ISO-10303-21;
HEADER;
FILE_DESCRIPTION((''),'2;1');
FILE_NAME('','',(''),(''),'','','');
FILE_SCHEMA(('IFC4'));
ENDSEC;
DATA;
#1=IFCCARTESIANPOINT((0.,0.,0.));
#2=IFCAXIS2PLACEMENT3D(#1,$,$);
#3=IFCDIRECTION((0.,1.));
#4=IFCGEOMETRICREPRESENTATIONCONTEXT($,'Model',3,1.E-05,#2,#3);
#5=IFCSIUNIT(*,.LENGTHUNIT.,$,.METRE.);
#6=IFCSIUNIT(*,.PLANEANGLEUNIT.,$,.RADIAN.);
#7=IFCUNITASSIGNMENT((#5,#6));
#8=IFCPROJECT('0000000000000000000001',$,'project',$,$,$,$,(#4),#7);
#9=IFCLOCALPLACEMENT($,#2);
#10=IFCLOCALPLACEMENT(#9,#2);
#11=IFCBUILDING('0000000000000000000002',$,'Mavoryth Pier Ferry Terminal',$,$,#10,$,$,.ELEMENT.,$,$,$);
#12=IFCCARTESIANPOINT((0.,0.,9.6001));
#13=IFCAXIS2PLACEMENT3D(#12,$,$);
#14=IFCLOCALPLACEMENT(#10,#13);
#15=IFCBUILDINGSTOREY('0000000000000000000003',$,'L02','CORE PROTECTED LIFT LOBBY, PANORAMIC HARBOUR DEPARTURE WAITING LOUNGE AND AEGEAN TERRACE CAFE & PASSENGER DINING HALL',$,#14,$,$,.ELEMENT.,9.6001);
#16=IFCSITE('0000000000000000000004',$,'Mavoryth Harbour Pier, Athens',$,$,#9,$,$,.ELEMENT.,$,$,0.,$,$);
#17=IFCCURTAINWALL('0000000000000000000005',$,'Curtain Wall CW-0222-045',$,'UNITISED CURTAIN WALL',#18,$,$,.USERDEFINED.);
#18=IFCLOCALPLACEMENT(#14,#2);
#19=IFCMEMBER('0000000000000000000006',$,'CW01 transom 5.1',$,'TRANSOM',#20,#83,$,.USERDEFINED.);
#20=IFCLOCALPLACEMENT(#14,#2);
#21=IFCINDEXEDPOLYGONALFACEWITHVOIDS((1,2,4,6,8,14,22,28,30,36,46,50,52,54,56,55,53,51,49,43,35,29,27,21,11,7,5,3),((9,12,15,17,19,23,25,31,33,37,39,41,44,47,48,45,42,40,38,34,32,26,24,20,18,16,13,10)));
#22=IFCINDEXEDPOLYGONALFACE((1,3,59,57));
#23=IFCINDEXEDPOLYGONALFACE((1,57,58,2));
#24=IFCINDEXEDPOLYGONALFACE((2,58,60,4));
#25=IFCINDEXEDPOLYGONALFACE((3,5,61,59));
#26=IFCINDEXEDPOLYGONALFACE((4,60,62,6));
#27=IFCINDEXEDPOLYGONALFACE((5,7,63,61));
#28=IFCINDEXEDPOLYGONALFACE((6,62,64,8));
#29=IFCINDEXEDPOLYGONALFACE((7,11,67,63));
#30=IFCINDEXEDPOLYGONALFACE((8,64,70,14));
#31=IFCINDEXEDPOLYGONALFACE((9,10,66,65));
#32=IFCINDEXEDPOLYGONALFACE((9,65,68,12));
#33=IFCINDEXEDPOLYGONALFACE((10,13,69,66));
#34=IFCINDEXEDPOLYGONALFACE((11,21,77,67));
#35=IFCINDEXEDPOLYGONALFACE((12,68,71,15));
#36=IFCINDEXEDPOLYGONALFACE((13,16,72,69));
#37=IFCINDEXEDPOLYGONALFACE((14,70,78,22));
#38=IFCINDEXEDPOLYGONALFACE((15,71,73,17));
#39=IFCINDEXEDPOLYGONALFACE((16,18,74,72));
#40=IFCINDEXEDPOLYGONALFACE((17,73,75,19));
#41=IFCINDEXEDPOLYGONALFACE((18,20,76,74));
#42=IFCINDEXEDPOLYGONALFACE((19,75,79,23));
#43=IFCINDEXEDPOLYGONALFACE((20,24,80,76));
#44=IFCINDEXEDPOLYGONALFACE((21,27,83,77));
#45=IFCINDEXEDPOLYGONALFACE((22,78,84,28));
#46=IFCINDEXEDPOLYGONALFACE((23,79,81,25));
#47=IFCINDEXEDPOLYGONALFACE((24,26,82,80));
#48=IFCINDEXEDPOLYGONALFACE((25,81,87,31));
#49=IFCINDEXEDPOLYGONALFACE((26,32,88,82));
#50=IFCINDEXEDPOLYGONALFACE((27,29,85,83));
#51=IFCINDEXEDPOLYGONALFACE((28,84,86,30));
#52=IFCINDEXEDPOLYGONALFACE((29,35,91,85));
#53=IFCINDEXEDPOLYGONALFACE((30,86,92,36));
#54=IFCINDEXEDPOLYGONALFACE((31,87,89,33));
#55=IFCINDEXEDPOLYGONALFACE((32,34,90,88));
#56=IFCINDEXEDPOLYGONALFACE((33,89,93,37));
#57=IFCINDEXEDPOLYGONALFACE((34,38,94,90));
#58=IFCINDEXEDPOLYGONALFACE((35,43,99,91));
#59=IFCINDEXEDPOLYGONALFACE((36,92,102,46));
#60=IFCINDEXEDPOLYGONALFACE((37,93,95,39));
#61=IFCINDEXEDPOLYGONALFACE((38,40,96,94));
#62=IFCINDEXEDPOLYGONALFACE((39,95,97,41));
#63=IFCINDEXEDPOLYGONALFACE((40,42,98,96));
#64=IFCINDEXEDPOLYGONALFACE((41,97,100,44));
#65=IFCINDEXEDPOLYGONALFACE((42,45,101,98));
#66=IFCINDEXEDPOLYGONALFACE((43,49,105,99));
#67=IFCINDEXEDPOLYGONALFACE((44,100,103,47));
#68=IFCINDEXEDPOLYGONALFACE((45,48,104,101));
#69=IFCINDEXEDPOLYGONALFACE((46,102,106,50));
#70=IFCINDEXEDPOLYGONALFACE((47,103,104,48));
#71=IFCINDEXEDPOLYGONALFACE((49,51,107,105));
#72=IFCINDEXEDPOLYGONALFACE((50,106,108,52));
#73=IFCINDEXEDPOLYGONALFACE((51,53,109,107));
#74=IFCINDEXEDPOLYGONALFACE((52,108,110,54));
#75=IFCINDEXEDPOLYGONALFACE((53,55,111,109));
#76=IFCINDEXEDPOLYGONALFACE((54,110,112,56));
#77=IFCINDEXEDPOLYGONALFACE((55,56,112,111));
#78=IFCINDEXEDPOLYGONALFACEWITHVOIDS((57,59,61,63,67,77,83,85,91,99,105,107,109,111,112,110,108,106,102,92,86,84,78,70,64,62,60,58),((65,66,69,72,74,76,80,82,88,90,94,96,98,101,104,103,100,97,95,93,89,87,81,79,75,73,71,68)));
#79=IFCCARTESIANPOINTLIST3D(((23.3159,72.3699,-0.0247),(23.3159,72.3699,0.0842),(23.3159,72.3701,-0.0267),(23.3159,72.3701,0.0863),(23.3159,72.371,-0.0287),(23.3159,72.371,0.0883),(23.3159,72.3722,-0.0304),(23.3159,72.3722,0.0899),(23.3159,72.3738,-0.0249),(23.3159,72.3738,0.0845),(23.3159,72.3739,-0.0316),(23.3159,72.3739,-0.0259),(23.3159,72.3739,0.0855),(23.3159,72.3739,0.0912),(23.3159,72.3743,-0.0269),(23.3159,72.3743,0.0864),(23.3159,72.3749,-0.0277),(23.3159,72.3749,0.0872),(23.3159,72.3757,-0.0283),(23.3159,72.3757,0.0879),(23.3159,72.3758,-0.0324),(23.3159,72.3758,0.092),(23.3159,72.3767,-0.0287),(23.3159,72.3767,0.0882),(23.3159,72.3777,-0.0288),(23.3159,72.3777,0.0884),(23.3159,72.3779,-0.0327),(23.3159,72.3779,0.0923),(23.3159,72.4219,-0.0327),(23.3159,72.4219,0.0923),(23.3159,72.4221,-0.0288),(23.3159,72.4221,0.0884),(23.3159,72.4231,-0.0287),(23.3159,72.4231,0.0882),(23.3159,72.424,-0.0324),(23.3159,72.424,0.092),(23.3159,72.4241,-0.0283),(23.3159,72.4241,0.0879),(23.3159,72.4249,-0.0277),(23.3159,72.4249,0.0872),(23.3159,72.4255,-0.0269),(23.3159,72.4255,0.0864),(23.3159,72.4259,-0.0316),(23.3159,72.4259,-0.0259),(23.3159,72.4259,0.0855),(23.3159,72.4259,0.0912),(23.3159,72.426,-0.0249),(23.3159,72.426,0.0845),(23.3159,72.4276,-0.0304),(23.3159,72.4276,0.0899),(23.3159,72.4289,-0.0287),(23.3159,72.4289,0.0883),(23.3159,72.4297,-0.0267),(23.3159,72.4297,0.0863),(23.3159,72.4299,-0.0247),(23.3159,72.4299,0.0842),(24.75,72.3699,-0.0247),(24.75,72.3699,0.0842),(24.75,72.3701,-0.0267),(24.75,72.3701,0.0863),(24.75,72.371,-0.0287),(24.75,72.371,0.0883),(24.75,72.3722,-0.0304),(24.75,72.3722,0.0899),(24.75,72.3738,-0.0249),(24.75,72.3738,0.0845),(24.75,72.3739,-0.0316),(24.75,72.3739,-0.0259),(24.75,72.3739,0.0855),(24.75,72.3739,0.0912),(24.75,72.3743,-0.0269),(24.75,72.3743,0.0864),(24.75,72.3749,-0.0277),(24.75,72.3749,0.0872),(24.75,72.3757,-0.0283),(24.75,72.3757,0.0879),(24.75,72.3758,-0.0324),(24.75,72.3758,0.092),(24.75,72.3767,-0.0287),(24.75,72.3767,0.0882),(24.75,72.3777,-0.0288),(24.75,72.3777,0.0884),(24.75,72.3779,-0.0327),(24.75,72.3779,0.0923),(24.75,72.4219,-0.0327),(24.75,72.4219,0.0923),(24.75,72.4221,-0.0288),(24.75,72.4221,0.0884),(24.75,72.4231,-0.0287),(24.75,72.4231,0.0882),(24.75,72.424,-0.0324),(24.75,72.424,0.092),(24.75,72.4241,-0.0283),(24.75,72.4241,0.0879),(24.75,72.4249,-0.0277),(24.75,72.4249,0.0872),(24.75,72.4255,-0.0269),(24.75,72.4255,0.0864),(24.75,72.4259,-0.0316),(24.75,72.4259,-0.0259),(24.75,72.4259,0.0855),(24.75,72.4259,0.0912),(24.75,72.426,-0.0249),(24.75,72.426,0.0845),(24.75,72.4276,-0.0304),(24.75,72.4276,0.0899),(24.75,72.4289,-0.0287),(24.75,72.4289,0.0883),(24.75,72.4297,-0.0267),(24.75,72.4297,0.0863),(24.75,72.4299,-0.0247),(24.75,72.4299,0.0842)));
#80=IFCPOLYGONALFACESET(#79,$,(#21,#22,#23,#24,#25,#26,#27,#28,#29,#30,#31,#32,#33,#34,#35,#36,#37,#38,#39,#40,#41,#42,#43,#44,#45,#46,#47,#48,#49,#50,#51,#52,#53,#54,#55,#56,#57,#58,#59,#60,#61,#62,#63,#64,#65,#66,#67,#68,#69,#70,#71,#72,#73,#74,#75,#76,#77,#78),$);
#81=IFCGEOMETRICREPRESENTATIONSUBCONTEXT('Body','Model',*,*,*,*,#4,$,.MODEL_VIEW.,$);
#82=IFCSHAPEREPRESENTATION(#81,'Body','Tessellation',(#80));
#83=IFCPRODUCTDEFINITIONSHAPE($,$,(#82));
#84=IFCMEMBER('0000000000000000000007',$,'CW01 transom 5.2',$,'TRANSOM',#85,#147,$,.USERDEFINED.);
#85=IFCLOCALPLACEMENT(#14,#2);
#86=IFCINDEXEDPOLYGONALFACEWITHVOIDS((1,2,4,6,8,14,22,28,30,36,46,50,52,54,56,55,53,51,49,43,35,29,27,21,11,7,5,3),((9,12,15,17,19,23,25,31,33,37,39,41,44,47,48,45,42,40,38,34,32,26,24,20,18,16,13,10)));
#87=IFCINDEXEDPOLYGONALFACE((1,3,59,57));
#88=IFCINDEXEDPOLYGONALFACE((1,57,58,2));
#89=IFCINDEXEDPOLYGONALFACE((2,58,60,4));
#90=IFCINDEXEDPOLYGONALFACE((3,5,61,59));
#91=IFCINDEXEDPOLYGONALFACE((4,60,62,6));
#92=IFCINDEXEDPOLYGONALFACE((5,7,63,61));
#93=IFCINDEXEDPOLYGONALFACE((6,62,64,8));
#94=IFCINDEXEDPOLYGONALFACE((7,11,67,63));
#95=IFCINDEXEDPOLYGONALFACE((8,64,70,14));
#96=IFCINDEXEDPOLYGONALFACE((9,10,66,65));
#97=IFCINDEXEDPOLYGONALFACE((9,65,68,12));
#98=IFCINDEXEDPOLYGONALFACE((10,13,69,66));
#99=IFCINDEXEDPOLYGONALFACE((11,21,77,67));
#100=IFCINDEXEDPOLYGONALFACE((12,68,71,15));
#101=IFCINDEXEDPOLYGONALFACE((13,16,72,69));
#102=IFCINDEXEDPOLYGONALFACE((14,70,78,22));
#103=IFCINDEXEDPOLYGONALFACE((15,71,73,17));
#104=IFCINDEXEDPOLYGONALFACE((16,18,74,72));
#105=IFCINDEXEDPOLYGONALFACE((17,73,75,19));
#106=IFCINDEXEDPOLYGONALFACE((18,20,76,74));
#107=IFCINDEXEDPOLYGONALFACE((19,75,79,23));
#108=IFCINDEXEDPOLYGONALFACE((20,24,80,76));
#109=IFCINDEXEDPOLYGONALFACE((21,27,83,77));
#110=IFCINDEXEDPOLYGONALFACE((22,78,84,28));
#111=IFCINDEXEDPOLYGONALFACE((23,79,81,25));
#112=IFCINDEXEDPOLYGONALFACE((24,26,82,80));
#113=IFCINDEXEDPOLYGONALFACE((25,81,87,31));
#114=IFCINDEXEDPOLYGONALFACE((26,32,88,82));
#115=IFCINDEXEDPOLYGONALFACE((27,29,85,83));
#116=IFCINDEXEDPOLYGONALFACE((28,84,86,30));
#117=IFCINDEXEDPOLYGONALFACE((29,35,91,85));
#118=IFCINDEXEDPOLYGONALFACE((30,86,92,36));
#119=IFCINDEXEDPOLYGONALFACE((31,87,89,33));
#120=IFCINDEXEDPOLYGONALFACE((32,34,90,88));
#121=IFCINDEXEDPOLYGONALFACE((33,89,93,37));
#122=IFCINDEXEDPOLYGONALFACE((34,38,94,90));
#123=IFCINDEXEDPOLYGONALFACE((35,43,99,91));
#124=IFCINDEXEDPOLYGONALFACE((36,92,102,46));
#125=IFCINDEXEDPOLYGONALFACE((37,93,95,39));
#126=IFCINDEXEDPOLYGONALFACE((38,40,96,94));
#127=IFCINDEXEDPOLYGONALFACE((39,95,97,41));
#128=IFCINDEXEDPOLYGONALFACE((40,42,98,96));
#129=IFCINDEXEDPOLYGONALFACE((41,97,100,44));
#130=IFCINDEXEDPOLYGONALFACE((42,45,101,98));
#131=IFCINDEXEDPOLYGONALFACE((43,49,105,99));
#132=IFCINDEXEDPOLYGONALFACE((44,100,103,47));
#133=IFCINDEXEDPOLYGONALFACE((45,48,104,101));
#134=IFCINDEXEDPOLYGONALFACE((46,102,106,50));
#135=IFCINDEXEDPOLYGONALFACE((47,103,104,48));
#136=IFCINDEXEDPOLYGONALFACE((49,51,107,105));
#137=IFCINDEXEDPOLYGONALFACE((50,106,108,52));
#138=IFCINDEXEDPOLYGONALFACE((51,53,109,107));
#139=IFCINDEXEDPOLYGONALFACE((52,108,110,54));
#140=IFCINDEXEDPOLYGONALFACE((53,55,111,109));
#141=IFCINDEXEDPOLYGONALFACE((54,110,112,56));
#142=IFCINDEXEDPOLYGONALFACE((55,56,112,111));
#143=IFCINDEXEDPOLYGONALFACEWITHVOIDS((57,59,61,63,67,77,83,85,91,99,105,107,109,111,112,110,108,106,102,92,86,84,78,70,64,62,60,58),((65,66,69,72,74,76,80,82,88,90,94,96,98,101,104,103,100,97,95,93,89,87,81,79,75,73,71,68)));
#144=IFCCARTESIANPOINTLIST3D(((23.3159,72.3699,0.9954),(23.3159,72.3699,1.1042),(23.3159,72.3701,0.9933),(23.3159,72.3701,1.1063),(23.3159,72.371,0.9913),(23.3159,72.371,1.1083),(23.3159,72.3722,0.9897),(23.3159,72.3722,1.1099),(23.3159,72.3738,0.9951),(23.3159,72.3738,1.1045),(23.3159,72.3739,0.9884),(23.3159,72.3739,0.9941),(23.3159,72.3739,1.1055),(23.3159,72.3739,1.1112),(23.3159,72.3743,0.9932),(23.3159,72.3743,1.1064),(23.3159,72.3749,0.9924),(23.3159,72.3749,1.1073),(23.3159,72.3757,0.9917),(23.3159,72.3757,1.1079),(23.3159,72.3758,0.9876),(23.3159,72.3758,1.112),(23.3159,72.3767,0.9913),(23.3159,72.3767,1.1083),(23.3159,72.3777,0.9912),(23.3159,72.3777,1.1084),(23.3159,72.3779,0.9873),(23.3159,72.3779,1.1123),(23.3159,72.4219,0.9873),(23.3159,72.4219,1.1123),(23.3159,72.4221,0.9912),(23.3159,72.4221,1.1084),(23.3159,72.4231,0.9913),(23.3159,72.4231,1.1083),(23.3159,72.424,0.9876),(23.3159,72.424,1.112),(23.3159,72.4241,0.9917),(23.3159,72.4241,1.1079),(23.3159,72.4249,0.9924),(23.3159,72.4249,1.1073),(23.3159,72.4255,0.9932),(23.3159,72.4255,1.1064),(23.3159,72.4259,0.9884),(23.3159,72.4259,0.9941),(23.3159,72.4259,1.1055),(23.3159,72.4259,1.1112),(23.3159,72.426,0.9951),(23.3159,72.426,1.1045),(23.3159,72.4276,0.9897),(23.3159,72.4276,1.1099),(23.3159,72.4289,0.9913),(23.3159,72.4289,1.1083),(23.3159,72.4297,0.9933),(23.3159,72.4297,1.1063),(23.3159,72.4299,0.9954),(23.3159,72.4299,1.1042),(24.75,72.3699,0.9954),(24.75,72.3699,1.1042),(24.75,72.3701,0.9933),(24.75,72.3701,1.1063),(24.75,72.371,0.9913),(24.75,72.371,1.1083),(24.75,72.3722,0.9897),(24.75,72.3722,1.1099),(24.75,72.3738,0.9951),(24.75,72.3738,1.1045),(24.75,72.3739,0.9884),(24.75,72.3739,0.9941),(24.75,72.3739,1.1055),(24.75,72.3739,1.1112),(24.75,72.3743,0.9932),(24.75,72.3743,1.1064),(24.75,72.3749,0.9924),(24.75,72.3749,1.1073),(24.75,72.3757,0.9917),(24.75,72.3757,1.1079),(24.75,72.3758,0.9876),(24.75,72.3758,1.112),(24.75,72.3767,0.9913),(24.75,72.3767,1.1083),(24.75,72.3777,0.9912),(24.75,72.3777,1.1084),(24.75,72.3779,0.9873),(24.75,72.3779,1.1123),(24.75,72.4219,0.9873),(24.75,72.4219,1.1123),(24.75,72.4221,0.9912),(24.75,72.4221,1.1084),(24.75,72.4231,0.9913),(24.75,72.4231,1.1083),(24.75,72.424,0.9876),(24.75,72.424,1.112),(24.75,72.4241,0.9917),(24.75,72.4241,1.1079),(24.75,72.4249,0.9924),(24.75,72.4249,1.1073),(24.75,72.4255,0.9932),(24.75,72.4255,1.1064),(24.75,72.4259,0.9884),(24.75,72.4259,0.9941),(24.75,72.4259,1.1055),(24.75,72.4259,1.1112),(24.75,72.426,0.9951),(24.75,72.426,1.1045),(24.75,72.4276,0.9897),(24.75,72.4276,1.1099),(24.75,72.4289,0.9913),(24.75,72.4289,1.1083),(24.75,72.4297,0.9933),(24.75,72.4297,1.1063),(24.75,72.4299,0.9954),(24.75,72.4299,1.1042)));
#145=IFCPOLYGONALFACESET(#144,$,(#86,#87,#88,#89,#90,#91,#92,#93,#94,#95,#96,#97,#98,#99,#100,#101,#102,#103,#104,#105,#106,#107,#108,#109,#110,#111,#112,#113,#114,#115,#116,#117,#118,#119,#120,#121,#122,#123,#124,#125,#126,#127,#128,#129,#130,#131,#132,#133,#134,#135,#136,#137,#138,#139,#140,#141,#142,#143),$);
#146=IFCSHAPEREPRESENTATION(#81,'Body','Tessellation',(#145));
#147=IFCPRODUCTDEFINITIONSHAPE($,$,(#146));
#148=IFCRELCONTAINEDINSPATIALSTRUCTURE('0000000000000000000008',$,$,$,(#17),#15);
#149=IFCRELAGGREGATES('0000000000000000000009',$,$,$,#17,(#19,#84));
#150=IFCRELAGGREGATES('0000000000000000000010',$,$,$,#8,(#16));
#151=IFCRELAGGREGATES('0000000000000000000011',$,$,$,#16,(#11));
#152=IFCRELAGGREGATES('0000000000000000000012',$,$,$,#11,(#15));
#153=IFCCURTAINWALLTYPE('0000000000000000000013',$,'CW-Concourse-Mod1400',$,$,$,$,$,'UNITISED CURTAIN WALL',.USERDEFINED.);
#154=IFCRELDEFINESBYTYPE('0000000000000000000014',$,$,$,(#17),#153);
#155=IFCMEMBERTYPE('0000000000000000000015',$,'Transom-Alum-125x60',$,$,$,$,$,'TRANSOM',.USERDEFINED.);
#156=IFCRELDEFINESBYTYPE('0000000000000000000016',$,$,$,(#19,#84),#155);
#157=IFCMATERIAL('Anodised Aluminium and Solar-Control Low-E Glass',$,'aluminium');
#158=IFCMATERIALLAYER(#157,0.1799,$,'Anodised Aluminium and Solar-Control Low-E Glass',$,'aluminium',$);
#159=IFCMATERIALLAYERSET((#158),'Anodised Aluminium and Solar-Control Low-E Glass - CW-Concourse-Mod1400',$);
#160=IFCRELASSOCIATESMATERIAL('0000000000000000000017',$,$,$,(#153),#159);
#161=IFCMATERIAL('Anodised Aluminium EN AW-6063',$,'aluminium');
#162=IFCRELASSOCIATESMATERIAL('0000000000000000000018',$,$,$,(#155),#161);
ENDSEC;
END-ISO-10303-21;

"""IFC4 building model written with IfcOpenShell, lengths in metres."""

from ifc_helpers import new_model, si_unit, direction, frame, origin, origin_2d, place, context, subcontext, project, spatial, hollow_rectangle, extrude, material, layer, layer_set, material_profile, profile_set, type_object, element, aggregate, save


model = new_model("IFC4")

# Units and contexts
model_context = context("Model", 3, precision=1e-05, world=origin(), true_north=direction((0.0, 1.0)))
body_context = subcontext(model_context, "Body", "Model", "MODEL_VIEW")
ifc_project = project(units=[si_unit("LENGTHUNIT", "METRE"), si_unit("PLANEANGLEUNIT", "RADIAN")], contexts=[model_context])

# Site, building, storey
site_placement = place(None, origin())
site = spatial("IfcSite", under=ifc_project, at=site_placement, Name="Mavoryth Harbour Pier, Athens", CompositionType="ELEMENT", RefElevation=0.0)
building_placement = place(site_placement, origin())
building = spatial("IfcBuilding", under=site, at=building_placement, Name="Mavoryth Pier Ferry Terminal", CompositionType="ELEMENT")
storey_placement = place(building_placement, frame((0.0, 0.0, 9.6001)))
storey = spatial("IfcBuildingStorey", under=building, at=storey_placement, Name="L02", Description="CORE PROTECTED LIFT LOBBY, PANORAMIC HARBOUR DEPARTURE WAITING LOUNGE AND AEGEAN TERRACE CAFE & PASSENGER DINING HALL", CompositionType="ELEMENT", Elevation=9.6001)

# Curtain wall
ifc_material_1 = material(Name="Anodised Aluminium and Solar-Control Low-E Glass", Category="aluminium")
ifc_layer_1 = layer(ifc_material_1, 0.1799, Name="Anodised Aluminium and Solar-Control Low-E Glass", Category="aluminium")
ifc_layer_set_1 = layer_set([ifc_layer_1], Name="Anodised Aluminium and Solar-Control Low-E Glass - CW-Concourse-Mod1400")
curtain_wall_type = type_object("IfcCurtainWallType", Name="CW-Concourse-Mod1400", ElementType="UNITISED CURTAIN WALL", PredefinedType="USERDEFINED", material=ifc_layer_set_1)
curtain_wall_placement = place(storey_placement, origin())
curtain_wall = element("IfcCurtainWall", 1, at=curtain_wall_placement, inside=storey, type_object=curtain_wall_type, Name="Curtain Wall CW-0222-045", ObjectType="UNITISED CURTAIN WALL", PredefinedType="USERDEFINED")
ifc_material_2 = material(Name="Anodised Aluminium EN AW-6063", Category="aluminium")

# Members
ifc_material_profile_1 = material_profile(ifc_material_2, hollow_rectangle(XDim=0.0601, YDim=0.125, WallThickness=0.0039, InnerFilletRadius=0.0039, OuterFilletRadius=0.0081, at=origin_2d()), Name="AL-TRAN 125x60x4", Category="aluminium")
ifc_profile_set_1 = profile_set([ifc_material_profile_1], Name="Anodised Aluminium EN AW-6063 - AL-TRAN 125x60x4")
member_type_1 = type_object("IfcMemberType", Name="Transom-Alum-125x60", ElementType="TRANSOM", PredefinedType="USERDEFINED", material=ifc_profile_set_1)
member_1_placement = place(storey_placement, frame((23.3159, 72.3999, 0.0298), z_axis=(1.0, 0.0, 0.0), x_axis=(0.0, 1.0, 0.0)))
member_1 = element("IfcMember", 2, at=member_1_placement, type_object=member_type_1, Name="CW01 transom 5.1", ObjectType="TRANSOM", PredefinedType="USERDEFINED", context=body_context, shape_type="SweptSolid", body=[
    extrude(hollow_rectangle(XDim=0.0601, YDim=0.125, WallThickness=0.0039, InnerFilletRadius=0.0039, OuterFilletRadius=0.0081, at=origin_2d()), origin(), (0.0, 0.0, 1.0), 1.4341),
])
member_2_placement = place(storey_placement, frame((23.3159, 72.3999, 1.0498), z_axis=(1.0, 0.0, 0.0), x_axis=(0.0, 1.0, 0.0)))
member_2 = element("IfcMember", 3, at=member_2_placement, type_object=member_type_1, Name="CW01 transom 5.2", ObjectType="TRANSOM", PredefinedType="USERDEFINED", context=body_context, shape_type="SweptSolid", body=[
    extrude(hollow_rectangle(XDim=0.0601, YDim=0.125, WallThickness=0.0039, InnerFilletRadius=0.0039, OuterFilletRadius=0.0081, at=origin_2d()), origin(), (0.0, 0.0, 1.0), 1.4341),
])

aggregate(curtain_wall, [member_1, member_2])

save(model, "model.ifc")
